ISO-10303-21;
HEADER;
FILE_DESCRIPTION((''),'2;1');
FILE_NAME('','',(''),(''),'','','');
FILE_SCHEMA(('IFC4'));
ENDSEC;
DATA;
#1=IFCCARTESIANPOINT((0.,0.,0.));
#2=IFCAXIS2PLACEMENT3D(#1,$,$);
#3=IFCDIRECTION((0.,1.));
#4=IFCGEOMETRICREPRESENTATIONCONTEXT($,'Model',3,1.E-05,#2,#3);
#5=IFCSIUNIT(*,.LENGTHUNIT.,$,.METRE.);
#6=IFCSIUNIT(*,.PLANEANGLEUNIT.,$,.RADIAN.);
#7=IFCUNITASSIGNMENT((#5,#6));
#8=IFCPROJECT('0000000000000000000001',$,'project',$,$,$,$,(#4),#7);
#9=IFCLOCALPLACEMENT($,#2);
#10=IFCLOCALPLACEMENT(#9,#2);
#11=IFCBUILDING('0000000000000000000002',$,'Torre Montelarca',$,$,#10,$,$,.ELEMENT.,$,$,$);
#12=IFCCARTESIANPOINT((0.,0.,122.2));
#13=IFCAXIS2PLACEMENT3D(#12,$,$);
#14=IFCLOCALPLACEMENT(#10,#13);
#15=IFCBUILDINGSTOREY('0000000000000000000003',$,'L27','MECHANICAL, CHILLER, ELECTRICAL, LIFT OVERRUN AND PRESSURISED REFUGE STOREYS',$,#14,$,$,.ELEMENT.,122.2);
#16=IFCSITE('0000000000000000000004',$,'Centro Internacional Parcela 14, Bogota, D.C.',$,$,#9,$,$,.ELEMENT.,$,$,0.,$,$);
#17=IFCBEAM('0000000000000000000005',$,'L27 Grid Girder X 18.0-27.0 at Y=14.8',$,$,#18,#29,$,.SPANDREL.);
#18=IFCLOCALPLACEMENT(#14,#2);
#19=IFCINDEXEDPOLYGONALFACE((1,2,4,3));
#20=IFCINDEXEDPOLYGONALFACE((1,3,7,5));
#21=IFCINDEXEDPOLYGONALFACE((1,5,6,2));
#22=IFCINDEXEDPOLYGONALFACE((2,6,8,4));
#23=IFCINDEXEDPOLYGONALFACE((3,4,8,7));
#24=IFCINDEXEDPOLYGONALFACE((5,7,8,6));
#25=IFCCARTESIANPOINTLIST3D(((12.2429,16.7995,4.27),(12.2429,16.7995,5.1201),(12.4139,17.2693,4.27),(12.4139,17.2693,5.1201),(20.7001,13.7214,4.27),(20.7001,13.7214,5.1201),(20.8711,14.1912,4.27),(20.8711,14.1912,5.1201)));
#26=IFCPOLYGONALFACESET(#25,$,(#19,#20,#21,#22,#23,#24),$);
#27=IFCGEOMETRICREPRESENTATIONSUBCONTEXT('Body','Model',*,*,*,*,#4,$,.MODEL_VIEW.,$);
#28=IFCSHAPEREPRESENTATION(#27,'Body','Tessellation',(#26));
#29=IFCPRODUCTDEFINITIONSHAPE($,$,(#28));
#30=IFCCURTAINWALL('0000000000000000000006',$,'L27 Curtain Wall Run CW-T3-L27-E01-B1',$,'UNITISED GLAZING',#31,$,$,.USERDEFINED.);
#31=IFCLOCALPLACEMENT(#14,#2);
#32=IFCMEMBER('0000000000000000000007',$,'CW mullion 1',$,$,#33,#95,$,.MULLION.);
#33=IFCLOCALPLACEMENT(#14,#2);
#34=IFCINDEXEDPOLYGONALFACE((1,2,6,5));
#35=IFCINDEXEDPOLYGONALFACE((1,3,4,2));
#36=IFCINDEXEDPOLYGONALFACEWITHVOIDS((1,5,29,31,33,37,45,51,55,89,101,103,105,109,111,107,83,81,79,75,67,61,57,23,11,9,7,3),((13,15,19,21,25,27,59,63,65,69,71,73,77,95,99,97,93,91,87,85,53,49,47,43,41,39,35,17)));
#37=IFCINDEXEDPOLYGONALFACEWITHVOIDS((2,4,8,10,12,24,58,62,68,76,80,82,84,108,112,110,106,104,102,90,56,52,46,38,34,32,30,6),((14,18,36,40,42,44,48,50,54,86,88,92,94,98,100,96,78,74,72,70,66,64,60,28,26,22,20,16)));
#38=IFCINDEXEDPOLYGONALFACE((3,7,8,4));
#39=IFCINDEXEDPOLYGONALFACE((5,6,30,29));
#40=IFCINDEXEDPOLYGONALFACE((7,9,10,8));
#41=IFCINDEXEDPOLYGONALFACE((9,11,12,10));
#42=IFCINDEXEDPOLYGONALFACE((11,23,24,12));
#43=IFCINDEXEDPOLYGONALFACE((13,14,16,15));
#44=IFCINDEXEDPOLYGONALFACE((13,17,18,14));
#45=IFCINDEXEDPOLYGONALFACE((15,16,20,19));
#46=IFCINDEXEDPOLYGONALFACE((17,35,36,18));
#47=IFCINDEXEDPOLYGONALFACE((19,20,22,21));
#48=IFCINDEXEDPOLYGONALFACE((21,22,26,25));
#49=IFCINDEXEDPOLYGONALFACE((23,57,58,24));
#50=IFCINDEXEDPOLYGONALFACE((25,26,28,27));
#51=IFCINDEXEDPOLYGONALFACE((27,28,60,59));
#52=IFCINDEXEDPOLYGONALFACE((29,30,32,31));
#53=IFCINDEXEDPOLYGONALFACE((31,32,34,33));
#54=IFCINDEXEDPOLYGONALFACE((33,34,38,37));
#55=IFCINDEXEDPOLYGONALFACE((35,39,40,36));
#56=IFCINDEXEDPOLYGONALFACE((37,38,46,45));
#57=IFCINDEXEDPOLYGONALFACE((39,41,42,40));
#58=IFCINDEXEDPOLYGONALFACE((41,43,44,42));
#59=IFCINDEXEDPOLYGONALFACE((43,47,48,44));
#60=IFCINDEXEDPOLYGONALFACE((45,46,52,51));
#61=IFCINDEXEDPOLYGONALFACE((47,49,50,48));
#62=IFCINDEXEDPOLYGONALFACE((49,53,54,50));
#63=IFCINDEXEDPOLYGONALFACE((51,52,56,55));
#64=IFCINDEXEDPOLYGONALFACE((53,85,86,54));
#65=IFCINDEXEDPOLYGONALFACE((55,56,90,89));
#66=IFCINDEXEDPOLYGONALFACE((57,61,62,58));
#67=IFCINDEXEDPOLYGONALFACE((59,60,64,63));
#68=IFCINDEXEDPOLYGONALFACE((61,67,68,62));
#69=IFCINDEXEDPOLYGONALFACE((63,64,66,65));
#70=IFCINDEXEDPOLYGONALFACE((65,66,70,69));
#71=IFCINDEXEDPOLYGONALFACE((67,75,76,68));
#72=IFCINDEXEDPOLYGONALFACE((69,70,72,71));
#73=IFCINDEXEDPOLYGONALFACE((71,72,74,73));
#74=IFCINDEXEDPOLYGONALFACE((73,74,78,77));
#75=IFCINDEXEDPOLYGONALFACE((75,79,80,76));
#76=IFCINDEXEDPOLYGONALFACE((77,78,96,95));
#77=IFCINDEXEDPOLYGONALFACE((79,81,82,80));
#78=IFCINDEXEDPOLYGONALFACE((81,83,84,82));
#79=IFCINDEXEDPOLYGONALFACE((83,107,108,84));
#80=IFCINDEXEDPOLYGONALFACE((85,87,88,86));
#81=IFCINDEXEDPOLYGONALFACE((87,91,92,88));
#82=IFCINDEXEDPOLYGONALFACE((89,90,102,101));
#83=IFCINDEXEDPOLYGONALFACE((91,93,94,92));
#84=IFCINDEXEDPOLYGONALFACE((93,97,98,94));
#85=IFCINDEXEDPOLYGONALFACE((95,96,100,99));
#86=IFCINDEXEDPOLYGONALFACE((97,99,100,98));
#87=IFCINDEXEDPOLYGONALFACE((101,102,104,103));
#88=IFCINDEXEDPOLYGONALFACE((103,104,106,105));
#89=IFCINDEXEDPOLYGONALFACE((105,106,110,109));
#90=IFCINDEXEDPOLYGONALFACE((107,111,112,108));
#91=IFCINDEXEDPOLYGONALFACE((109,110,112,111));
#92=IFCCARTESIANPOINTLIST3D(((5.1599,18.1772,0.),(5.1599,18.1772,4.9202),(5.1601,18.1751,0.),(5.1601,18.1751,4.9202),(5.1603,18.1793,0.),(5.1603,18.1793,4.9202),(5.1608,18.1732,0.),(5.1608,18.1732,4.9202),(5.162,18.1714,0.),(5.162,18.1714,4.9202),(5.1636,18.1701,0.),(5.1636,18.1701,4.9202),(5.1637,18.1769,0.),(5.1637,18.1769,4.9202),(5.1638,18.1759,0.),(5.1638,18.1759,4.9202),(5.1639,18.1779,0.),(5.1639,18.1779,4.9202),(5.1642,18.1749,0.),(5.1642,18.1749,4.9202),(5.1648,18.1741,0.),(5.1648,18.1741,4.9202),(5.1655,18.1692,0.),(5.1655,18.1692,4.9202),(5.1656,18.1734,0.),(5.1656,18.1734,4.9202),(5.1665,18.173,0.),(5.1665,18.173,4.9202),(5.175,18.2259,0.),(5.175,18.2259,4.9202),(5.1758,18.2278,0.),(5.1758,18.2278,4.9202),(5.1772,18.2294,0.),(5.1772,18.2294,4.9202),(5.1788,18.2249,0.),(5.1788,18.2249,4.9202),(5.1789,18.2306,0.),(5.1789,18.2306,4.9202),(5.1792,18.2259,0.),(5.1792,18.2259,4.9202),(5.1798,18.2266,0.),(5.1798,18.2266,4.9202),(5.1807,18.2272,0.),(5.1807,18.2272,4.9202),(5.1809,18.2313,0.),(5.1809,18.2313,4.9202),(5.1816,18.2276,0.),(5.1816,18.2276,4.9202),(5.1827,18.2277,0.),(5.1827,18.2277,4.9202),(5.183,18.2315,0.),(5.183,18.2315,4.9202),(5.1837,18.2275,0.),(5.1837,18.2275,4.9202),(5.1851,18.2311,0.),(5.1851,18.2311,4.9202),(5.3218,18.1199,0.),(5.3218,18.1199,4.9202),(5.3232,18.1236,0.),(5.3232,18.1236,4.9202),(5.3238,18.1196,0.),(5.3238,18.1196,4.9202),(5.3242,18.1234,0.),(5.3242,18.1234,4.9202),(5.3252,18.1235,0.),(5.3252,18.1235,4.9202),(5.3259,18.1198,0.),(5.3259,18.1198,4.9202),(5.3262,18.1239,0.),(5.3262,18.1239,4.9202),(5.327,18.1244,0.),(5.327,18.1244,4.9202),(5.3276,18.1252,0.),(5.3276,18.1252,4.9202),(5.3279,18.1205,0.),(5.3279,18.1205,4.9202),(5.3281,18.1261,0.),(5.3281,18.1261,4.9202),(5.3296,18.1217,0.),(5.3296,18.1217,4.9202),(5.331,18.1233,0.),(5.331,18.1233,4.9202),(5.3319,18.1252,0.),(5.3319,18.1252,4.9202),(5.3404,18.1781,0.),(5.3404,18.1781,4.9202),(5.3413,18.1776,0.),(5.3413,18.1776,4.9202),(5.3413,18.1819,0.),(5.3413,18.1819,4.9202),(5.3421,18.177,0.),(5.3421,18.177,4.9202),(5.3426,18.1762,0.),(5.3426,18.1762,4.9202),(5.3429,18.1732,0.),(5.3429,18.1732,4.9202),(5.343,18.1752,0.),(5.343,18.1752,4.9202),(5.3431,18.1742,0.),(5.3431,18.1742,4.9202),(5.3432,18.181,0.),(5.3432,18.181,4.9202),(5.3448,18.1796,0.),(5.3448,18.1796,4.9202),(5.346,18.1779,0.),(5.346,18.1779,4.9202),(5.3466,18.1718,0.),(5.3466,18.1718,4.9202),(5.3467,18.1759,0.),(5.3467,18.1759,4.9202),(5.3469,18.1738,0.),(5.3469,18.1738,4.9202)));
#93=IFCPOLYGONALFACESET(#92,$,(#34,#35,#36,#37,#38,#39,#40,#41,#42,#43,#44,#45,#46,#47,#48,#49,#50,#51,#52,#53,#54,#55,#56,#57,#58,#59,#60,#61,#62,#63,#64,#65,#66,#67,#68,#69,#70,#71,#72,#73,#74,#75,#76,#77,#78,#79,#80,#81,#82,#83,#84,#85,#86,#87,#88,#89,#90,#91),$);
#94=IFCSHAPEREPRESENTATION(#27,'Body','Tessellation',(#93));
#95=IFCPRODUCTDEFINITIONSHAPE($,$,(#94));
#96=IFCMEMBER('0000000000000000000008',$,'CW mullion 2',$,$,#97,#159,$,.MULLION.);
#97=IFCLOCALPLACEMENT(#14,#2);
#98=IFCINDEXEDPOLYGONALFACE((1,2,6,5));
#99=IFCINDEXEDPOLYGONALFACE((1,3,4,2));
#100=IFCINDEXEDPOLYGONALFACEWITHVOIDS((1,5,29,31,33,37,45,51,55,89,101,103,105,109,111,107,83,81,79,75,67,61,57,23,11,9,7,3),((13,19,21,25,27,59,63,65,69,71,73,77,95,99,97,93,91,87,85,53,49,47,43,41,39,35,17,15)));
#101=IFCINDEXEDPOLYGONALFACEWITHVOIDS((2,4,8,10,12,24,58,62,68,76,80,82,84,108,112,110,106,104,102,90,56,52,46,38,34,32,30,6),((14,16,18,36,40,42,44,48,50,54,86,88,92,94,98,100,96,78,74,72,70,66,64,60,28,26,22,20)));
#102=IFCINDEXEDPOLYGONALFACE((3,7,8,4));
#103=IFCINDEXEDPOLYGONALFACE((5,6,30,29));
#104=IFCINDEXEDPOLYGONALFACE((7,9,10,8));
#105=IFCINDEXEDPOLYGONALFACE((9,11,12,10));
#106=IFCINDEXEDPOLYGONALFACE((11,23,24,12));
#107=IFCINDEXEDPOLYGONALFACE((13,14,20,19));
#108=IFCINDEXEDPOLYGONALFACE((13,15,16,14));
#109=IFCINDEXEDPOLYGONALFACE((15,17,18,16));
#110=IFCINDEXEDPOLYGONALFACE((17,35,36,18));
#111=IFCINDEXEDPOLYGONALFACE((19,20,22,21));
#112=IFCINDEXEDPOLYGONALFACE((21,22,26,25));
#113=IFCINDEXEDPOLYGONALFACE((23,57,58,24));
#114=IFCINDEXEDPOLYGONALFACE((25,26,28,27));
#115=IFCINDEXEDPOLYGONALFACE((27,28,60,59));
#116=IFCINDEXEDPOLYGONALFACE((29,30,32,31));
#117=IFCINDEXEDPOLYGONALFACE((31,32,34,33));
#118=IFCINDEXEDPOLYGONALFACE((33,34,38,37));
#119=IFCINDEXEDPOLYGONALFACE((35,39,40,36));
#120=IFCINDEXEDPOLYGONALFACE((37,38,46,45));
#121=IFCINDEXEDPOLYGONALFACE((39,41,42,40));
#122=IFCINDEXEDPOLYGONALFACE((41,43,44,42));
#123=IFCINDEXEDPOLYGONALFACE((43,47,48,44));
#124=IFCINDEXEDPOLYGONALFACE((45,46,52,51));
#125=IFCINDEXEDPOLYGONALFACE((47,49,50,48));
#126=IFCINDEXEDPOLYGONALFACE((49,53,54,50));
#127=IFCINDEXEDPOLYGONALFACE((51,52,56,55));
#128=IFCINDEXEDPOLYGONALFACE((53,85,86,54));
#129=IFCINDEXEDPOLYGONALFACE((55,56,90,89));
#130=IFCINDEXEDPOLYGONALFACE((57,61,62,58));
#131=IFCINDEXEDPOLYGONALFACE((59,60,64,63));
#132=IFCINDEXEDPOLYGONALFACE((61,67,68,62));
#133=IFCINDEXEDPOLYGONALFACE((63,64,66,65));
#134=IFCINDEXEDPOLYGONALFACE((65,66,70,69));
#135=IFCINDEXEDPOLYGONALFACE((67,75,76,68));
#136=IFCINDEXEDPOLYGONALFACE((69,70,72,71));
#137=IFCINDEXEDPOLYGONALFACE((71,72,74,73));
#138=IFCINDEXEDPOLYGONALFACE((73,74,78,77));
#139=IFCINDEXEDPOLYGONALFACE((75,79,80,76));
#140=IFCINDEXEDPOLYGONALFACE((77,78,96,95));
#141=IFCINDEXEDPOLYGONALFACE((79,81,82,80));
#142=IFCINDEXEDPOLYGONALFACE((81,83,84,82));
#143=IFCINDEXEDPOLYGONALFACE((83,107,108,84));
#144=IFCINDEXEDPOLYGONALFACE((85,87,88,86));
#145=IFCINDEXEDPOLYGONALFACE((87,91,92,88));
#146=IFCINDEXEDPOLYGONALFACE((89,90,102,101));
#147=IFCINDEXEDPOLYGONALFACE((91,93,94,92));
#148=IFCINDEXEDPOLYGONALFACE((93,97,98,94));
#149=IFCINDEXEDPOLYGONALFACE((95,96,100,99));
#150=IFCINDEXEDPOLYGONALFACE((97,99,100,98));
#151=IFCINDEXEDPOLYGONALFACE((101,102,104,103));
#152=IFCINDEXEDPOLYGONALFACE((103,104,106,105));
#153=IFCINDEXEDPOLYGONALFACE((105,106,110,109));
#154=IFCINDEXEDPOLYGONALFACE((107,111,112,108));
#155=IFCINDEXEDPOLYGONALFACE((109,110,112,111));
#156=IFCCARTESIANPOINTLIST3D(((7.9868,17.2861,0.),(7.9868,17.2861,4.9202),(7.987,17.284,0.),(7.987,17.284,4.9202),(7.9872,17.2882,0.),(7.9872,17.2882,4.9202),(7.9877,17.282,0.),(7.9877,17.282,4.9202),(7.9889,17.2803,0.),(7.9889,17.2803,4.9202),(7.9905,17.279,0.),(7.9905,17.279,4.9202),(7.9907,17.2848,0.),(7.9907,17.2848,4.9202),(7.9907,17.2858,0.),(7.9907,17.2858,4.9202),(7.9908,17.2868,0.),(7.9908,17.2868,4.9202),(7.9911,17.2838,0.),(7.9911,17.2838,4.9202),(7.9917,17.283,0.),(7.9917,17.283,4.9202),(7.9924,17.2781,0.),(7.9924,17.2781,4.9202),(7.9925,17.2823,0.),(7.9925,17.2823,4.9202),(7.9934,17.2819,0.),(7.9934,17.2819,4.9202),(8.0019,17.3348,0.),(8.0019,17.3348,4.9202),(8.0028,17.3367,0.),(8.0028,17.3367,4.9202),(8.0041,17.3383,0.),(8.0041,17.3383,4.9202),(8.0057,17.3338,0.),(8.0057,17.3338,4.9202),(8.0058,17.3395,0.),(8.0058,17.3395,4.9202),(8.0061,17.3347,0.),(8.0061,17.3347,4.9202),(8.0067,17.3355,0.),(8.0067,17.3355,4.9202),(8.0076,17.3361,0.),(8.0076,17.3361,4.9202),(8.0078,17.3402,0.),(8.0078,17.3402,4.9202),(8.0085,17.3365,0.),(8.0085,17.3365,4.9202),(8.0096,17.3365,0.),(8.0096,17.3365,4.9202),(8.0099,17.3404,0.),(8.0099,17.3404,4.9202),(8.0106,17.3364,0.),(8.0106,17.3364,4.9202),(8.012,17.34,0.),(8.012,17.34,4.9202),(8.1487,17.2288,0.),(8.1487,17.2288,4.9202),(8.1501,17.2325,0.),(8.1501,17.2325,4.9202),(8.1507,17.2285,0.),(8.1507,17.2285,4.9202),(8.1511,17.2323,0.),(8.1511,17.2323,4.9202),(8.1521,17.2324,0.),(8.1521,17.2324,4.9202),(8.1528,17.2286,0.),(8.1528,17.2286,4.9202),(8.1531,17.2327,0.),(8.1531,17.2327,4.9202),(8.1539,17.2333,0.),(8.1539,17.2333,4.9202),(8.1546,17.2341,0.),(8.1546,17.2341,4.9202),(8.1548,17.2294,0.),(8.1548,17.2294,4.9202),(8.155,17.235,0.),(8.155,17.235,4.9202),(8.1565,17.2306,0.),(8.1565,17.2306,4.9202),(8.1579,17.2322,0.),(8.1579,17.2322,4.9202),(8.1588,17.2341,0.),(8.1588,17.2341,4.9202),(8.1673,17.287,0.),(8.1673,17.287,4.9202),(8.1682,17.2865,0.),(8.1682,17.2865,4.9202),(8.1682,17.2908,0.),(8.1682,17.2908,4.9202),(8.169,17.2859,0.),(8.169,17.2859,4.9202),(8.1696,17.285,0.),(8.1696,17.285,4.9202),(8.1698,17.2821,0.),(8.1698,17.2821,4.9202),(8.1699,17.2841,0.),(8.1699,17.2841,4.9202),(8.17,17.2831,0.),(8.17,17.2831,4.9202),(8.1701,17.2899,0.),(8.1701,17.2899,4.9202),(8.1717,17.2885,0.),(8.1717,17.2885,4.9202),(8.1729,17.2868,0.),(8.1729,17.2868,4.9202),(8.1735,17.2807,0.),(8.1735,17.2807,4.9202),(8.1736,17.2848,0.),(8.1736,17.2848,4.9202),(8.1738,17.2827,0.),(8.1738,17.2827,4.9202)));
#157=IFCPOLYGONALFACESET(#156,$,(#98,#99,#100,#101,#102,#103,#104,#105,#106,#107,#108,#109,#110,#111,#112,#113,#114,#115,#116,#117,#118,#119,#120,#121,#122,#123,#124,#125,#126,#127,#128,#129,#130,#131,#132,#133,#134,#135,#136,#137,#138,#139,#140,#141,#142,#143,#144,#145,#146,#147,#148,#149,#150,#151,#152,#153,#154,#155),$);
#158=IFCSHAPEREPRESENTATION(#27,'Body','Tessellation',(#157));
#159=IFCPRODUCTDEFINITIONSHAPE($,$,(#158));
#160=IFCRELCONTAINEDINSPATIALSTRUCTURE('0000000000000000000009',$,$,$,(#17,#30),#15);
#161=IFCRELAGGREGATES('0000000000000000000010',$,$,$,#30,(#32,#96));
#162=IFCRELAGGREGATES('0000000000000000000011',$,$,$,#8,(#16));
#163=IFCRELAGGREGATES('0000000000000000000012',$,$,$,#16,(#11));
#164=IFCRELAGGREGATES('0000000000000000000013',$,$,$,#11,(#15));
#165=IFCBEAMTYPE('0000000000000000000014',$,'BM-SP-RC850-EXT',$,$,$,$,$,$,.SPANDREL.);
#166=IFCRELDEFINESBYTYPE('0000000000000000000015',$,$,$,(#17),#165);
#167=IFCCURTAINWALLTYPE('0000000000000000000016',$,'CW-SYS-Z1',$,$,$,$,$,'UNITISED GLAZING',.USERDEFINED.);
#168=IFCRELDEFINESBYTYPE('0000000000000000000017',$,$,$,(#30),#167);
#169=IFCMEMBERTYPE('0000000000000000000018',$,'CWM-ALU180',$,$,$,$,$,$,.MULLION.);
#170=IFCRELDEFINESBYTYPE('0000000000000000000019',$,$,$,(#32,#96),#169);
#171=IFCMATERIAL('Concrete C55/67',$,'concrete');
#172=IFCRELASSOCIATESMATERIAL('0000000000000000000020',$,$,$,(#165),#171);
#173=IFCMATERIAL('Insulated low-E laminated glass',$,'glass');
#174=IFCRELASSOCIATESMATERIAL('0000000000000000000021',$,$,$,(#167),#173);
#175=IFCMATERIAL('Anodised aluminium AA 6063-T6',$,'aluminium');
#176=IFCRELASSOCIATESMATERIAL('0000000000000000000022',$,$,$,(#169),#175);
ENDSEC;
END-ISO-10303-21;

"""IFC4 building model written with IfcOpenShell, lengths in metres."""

from ifc_helpers import new_model, si_unit, direction, frame, origin, origin_2d, place, context, subcontext, project, spatial, rectangle, hollow_rectangle, extrude, source, transform, mapped, material, material_profile, profile_set, type_object, element, aggregate, save


model = new_model("IFC4")

# Units and contexts
model_context = context("Model", 3, precision=1e-05, world=origin(), true_north=direction((0.0, 1.0)))
body_context = subcontext(model_context, "Body", "Model", "MODEL_VIEW")
ifc_project = project(units=[si_unit("LENGTHUNIT", "METRE"), si_unit("PLANEANGLEUNIT", "RADIAN")], contexts=[model_context])

# Site, building, storey
site_placement = place(None, origin())
site = spatial("IfcSite", under=ifc_project, at=site_placement, Name="Centro Internacional Parcela 14, Bogota, D.C.", CompositionType="ELEMENT", RefElevation=0.0)
building_placement = place(site_placement, origin())
building = spatial("IfcBuilding", under=site, at=building_placement, Name="Torre Montelarca", CompositionType="ELEMENT")
storey_placement = place(building_placement, frame((0.0, 0.0, 122.2)))
storey = spatial("IfcBuildingStorey", under=building, at=storey_placement, Name="L27", Description="MECHANICAL, CHILLER, ELECTRICAL, LIFT OVERRUN AND PRESSURISED REFUGE STOREYS", CompositionType="ELEMENT", Elevation=122.2)

# Beam
ifc_material_1 = material(Name="Concrete C55/67", Category="concrete")
ifc_material_profile_1 = material_profile(ifc_material_1, rectangle(XDim=0.5, YDim=0.8501, at=origin_2d()), Name="RCB500X850", Category="concrete")
ifc_profile_set_1 = profile_set([ifc_material_profile_1], Name="Concrete C55/67")
beam_type = type_object("IfcBeamType", Name="BM-SP-RC850-EXT", PredefinedType="SPANDREL", material=ifc_profile_set_1)
shared_shape_1 = source(origin(), body_context, "Body", "SweptSolid", [
    extrude(rectangle(XDim=0.5, YDim=0.8501, at=origin_2d()), origin(), (0.0, 0.0, 1.0), 9.0),
])
beam_placement = place(storey_placement, frame((12.3284, 17.0344, 4.6951), z_axis=(0.939695, -0.342013, 0.0), x_axis=(0.342013, 0.939695, 0.0)))
element("IfcBeam", 1, at=beam_placement, inside=storey, type_object=beam_type, Name="L27 Grid Girder X 18.0-27.0 at Y=14.8", PredefinedType="SPANDREL", context=body_context, shape_type="MappedRepresentation", body=[
    mapped(shared_shape_1, transform((0.0, 0.0, 0.0), scale=1.0)),
])

# Curtain wall, members
ifc_material_2 = material(Name="Insulated low-E laminated glass", Category="glass")
curtain_wall_type = type_object("IfcCurtainWallType", Name="CW-SYS-Z1", ElementType="UNITISED GLAZING", PredefinedType="USERDEFINED", material=ifc_material_2)
curtain_wall_placement = place(storey_placement, origin())
curtain_wall = element("IfcCurtainWall", 2, at=curtain_wall_placement, inside=storey, type_object=curtain_wall_type, Name="L27 Curtain Wall Run CW-T3-L27-E01-B1", ObjectType="UNITISED GLAZING", PredefinedType="USERDEFINED")
ifc_material_3 = material(Name="Anodised aluminium AA 6063-T6", Category="aluminium")
ifc_material_profile_2 = material_profile(ifc_material_3, hollow_rectangle(XDim=0.0649, YDim=0.1799, WallThickness=0.0039, InnerFilletRadius=0.0039, OuterFilletRadius=0.0081, at=origin_2d()), Name="ALU65X180X4", Category="aluminium")
ifc_profile_set_2 = profile_set([ifc_material_profile_2], Name="Anodised aluminium AA 6063-T6")
member_type_1 = type_object("IfcMemberType", Name="CWM-ALU180", PredefinedType="MULLION", material=ifc_profile_set_2)
shared_shape_2 = source(origin(), body_context, "Body", "SweptSolid", [
    extrude(hollow_rectangle(XDim=0.0649, YDim=0.1799, WallThickness=0.0039, InnerFilletRadius=0.0039, OuterFilletRadius=0.0081, at=origin_2d()), origin(), (0.0, 0.0, 1.0), 4.9202),
])
member_1_placement = place(storey_placement, frame((5.2534, 18.1755, 0.0), z_axis=(0.0, 0.0, 1.0), x_axis=(0.300698, 0.95372, 0.0)))
member_1 = element("IfcMember", 3, at=member_1_placement, type_object=member_type_1, Name="CW mullion 1", PredefinedType="MULLION", context=body_context, shape_type="MappedRepresentation", body=[
    mapped(shared_shape_2, transform((0.0, 0.0, 0.0), scale=1.0)),
])
member_2_placement = place(storey_placement, frame((8.0803, 17.2844, 0.0), z_axis=(0.0, 0.0, 1.0), x_axis=(0.300698, 0.95372, 0.0)))
member_2 = element("IfcMember", 4, at=member_2_placement, type_object=member_type_1, Name="CW mullion 2", PredefinedType="MULLION", context=body_context, shape_type="MappedRepresentation", body=[
    mapped(shared_shape_2, transform((0.0, 0.0, 0.0), scale=1.0)),
])

aggregate(curtain_wall, [member_1, member_2])

save(model, "model.ifc")
